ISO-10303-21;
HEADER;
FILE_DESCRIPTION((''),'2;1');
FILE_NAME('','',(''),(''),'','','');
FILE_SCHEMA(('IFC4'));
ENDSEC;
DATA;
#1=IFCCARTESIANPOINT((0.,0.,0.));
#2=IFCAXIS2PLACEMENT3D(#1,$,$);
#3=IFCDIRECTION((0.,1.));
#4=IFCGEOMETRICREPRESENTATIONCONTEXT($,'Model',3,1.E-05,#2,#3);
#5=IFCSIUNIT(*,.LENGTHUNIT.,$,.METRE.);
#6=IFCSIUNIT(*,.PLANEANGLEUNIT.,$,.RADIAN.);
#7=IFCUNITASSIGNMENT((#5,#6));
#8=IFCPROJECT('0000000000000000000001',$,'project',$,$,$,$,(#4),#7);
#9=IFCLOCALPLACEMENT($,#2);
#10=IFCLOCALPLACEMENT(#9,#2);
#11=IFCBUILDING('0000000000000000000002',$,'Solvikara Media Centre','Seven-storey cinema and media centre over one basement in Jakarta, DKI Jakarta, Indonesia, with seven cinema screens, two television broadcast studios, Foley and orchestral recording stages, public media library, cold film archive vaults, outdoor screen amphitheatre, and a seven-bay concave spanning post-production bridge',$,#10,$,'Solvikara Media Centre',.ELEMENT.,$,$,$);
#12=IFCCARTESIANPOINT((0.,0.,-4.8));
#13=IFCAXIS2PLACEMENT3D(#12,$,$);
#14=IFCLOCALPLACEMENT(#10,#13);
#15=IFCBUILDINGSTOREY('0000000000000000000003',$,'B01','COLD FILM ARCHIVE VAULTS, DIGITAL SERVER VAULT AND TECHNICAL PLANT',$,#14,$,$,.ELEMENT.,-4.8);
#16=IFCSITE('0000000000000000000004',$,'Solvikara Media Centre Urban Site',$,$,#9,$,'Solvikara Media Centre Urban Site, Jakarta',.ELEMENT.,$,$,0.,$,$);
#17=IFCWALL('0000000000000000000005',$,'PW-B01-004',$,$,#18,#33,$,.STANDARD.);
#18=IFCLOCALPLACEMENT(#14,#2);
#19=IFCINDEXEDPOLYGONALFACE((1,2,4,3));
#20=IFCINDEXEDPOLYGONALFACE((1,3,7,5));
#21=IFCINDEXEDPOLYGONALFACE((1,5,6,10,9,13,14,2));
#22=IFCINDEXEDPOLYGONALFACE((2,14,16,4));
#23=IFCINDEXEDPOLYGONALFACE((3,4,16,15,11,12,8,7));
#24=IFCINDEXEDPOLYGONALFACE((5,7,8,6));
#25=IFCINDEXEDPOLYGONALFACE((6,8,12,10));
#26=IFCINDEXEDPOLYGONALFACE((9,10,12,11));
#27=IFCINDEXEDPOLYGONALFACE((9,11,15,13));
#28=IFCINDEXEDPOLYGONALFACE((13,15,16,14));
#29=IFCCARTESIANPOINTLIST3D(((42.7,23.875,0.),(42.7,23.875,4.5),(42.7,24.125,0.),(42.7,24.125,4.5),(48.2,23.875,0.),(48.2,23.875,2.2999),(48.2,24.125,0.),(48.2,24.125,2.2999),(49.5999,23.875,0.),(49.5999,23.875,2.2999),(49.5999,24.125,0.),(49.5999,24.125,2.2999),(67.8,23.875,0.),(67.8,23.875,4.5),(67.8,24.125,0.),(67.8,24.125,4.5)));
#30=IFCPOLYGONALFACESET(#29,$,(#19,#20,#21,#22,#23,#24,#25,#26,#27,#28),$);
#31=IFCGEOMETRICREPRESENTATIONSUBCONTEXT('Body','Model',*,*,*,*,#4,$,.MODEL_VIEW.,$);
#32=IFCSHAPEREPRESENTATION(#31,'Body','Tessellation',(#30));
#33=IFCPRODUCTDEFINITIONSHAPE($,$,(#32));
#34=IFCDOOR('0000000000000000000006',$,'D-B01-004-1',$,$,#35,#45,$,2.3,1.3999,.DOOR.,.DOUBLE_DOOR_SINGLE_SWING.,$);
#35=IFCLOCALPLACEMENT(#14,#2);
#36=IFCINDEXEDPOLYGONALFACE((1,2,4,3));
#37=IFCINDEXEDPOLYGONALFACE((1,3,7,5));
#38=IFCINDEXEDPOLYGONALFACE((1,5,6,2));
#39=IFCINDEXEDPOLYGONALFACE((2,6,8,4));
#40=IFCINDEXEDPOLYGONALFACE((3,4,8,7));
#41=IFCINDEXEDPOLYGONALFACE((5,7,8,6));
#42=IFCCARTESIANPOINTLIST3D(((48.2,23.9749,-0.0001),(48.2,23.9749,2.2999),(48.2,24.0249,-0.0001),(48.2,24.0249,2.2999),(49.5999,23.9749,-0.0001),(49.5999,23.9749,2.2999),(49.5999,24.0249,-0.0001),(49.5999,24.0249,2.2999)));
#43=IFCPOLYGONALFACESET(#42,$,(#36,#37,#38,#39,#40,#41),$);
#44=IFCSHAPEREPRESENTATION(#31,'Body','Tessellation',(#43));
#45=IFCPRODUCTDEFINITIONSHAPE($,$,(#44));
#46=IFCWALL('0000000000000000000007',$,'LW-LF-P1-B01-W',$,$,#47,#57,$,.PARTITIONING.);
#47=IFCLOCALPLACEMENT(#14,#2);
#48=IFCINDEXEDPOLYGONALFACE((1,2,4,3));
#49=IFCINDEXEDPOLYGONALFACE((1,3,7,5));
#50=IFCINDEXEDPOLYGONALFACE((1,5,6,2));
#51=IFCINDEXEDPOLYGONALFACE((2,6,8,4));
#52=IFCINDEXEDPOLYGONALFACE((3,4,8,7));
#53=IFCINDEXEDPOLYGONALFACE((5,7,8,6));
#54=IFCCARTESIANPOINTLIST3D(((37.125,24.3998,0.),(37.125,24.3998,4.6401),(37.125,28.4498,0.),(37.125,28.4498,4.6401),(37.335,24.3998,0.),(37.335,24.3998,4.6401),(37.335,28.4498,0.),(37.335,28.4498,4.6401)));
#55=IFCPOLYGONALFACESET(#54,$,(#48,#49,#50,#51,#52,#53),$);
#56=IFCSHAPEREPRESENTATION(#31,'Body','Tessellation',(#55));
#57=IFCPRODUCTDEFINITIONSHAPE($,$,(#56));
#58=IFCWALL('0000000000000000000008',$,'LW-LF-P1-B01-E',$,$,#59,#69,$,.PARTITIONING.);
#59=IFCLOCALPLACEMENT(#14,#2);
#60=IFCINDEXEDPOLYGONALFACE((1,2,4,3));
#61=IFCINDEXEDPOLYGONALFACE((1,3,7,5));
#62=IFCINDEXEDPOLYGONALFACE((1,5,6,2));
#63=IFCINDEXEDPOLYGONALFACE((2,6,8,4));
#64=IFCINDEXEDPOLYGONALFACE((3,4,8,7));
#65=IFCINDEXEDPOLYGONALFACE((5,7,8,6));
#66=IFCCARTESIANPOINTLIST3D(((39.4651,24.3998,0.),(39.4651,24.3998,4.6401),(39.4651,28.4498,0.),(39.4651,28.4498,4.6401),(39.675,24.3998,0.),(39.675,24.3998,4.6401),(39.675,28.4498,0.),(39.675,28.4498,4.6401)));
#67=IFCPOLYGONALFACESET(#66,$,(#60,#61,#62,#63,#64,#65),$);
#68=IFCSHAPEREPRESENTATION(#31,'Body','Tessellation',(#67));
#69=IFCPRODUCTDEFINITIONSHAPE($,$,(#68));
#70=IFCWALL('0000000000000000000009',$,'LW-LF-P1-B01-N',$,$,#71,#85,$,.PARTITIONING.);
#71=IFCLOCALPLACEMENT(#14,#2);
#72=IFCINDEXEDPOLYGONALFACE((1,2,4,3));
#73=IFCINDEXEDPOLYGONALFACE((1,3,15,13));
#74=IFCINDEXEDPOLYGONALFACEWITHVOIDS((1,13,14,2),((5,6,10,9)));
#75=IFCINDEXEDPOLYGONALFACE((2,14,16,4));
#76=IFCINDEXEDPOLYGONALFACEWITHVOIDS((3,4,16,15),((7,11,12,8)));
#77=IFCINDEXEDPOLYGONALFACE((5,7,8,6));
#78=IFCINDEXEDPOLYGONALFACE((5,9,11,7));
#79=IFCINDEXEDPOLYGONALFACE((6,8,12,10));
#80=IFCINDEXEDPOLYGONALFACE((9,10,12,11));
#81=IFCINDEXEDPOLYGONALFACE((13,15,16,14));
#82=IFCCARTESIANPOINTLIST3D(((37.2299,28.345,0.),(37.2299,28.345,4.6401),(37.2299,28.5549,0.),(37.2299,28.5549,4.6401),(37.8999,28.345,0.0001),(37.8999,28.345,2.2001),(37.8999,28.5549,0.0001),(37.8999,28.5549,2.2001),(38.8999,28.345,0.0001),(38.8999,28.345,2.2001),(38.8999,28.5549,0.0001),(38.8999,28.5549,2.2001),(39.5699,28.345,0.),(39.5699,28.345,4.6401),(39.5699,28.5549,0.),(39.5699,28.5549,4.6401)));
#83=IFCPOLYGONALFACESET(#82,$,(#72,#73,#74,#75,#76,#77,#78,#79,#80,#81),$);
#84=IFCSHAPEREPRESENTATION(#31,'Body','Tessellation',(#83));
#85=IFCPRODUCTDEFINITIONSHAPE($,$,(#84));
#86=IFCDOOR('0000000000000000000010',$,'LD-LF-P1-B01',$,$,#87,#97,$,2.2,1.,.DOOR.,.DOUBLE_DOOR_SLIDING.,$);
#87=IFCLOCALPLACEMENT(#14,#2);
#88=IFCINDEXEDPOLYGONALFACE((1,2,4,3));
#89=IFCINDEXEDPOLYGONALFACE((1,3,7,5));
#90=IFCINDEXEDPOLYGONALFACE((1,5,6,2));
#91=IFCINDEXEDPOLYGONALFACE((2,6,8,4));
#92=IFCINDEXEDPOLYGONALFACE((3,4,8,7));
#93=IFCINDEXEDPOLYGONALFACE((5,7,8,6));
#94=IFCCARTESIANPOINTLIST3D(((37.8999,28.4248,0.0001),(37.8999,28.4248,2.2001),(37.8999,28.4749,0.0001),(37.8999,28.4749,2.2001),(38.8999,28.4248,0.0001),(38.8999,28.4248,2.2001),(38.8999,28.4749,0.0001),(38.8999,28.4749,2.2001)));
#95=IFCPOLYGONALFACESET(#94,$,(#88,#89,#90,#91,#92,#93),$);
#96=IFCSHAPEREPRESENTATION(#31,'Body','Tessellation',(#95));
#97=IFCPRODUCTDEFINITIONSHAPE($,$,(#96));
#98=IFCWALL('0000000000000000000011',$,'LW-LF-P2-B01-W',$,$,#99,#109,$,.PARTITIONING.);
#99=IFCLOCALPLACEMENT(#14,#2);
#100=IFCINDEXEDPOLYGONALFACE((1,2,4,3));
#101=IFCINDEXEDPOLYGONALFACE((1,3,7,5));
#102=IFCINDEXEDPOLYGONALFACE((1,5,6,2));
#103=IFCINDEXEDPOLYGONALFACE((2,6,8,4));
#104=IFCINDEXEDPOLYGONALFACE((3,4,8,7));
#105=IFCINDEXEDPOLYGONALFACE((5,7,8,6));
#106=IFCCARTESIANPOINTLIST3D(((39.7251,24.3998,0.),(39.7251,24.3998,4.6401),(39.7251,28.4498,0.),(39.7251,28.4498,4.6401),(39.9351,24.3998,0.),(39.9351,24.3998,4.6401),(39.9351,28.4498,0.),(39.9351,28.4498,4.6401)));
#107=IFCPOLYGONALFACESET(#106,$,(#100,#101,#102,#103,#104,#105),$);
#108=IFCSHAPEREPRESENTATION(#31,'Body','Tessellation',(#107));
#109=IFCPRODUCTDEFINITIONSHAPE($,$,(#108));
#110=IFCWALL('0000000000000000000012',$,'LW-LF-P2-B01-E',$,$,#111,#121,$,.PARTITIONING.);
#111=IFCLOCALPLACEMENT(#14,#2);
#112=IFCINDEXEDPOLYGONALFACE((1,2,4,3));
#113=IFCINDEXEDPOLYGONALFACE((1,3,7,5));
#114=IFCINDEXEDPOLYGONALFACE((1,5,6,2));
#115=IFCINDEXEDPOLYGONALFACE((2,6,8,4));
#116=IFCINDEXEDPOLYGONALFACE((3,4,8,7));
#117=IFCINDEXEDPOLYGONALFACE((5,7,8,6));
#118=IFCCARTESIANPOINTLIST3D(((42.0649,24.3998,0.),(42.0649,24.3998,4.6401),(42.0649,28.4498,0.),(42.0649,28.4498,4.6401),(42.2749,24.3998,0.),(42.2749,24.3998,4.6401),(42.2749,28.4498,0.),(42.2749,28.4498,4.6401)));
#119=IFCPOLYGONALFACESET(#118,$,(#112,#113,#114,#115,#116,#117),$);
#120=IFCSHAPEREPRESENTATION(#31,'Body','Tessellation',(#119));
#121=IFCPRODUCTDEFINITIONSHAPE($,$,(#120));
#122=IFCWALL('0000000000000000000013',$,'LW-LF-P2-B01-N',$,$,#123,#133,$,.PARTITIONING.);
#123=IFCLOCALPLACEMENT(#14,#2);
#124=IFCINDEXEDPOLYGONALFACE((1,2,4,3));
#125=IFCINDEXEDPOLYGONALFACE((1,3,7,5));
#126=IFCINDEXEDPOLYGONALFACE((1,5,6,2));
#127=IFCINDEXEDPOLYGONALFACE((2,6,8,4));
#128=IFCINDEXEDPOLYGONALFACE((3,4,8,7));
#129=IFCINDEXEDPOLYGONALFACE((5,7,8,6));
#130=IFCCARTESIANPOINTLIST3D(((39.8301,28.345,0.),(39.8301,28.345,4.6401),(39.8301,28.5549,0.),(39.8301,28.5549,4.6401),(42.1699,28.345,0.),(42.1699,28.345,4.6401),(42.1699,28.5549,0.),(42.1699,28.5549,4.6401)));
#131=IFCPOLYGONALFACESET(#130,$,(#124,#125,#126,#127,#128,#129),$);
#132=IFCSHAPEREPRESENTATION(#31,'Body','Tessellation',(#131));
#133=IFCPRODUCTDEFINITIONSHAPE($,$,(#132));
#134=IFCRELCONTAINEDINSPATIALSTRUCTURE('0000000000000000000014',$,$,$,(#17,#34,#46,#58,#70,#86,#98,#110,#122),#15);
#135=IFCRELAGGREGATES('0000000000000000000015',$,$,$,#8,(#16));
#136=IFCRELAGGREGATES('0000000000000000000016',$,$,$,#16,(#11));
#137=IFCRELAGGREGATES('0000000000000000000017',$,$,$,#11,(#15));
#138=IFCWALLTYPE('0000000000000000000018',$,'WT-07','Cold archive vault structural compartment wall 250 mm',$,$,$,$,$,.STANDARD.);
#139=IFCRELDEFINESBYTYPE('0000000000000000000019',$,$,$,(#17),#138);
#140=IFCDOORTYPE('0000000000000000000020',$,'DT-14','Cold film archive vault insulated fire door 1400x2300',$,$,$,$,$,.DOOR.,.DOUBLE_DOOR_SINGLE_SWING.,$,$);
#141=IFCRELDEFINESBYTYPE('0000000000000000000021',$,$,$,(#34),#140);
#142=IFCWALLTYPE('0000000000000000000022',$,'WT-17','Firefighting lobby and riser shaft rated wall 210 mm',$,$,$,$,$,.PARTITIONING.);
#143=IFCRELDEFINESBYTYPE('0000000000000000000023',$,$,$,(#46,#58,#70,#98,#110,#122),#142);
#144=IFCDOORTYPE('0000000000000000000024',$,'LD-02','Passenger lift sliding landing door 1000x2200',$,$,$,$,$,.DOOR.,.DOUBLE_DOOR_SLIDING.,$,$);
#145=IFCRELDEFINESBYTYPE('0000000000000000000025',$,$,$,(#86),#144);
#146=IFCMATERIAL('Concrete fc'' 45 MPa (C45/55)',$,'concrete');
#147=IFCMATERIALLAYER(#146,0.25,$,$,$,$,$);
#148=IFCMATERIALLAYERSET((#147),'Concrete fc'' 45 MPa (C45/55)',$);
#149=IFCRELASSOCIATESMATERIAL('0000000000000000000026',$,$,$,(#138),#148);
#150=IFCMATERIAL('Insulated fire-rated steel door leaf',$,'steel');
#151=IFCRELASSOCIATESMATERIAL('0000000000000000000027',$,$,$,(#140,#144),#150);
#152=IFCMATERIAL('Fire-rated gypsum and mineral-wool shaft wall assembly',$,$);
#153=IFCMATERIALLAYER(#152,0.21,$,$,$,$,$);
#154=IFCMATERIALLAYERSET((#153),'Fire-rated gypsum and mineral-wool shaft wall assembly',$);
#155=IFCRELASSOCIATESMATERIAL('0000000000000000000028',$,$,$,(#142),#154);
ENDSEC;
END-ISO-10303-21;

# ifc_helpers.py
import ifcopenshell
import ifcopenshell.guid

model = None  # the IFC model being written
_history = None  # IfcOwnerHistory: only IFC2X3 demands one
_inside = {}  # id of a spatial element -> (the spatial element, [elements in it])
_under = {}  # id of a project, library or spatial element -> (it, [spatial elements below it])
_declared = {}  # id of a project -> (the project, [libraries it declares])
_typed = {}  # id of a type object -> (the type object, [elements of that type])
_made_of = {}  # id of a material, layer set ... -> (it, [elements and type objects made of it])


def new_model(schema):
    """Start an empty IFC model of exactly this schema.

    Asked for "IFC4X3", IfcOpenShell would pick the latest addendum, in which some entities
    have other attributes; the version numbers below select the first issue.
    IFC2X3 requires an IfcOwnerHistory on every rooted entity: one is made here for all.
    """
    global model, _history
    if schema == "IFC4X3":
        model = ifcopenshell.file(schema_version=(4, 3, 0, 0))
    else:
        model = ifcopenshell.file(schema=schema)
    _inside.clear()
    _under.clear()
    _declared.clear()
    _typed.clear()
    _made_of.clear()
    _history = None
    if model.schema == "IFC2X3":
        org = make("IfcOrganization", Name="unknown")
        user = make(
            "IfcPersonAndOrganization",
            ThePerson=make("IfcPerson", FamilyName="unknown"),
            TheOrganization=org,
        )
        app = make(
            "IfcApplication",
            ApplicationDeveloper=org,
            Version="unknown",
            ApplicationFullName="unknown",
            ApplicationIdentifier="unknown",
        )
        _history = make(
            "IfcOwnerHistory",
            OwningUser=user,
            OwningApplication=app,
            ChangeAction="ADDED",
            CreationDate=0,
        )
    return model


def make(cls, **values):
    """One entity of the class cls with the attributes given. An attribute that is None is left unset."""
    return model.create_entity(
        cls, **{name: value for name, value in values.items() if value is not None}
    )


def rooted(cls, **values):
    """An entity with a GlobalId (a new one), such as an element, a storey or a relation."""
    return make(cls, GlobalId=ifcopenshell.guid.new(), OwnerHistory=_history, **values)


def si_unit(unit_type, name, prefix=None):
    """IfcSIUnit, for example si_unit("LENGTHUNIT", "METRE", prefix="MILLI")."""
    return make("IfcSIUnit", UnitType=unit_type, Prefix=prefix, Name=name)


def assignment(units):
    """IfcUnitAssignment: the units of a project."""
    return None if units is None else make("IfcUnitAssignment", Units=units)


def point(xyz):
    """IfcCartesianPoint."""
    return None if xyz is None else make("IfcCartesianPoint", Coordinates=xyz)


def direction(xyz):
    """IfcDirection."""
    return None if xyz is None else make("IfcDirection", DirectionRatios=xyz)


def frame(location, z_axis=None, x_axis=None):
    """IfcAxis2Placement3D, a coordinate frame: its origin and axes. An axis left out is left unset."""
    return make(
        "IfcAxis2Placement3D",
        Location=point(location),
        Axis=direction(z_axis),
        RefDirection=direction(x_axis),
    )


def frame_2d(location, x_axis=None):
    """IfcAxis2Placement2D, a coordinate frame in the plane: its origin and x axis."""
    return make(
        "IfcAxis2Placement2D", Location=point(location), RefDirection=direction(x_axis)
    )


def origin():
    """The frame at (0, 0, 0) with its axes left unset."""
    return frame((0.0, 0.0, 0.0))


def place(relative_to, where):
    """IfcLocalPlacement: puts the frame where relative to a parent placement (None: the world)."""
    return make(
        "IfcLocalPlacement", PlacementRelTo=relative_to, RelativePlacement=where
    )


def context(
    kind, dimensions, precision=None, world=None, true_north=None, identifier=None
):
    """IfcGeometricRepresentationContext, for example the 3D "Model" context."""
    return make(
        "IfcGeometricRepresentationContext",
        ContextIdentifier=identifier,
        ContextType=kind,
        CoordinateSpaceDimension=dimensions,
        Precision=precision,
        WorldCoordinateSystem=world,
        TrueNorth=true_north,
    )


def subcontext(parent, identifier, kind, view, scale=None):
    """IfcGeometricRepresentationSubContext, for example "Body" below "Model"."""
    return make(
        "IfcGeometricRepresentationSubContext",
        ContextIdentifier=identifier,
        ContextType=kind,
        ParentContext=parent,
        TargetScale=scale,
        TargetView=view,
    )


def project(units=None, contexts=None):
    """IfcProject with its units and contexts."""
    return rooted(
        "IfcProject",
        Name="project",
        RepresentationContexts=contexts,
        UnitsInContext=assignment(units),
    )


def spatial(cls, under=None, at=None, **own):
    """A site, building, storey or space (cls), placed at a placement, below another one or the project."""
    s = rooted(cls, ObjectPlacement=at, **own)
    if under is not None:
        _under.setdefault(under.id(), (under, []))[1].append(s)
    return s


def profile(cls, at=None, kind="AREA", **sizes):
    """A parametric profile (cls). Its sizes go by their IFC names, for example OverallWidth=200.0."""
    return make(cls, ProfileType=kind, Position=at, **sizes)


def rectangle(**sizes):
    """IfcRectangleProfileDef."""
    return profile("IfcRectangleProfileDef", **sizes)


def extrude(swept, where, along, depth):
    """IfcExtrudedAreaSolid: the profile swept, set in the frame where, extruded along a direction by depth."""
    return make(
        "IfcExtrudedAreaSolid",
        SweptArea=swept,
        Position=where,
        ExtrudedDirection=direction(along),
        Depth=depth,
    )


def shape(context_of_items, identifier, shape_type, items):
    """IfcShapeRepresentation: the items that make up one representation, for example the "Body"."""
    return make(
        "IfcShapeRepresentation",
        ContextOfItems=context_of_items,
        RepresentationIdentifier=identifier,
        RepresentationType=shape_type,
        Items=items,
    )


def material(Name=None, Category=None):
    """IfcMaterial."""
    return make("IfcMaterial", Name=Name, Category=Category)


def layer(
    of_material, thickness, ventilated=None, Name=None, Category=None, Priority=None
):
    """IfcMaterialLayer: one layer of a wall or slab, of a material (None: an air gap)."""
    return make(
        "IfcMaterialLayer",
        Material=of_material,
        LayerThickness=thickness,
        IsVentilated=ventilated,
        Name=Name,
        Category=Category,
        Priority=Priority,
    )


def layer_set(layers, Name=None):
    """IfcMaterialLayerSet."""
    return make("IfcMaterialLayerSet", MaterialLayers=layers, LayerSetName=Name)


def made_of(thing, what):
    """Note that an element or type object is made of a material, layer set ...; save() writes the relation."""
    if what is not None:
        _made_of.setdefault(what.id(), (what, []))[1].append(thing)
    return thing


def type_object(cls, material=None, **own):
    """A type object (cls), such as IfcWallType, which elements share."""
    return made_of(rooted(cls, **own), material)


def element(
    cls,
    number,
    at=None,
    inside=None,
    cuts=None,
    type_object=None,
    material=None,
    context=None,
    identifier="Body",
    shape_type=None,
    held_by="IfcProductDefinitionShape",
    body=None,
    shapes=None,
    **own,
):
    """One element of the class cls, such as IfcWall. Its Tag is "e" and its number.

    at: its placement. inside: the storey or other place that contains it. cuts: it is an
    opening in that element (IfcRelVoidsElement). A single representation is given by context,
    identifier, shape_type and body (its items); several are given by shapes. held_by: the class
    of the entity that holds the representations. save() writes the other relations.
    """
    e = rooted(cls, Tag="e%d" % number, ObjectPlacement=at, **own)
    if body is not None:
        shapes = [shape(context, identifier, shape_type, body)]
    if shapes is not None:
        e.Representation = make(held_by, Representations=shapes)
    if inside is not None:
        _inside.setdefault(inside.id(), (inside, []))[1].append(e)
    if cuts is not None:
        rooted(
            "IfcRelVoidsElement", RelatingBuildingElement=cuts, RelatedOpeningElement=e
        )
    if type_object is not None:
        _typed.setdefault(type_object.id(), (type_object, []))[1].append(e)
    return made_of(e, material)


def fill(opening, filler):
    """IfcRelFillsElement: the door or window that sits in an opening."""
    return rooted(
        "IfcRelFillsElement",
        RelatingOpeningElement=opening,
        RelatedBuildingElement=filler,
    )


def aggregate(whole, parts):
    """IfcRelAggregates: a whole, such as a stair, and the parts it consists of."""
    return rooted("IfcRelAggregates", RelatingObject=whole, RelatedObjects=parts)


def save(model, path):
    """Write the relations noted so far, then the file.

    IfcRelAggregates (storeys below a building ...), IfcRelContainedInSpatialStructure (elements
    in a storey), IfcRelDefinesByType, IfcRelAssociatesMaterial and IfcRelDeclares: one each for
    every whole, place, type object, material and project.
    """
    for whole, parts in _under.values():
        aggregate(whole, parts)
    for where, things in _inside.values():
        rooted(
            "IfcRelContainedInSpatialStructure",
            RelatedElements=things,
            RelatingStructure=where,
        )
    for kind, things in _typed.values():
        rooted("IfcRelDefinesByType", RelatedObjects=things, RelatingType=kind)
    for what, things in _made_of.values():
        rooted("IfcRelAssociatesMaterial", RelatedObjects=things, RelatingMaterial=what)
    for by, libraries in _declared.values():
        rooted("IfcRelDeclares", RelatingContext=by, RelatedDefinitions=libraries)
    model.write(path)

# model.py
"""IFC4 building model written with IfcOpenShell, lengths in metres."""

from ifc_helpers import new_model, si_unit, direction, frame, frame_2d, origin, place, context, subcontext, project, spatial, rectangle, extrude, material, layer, layer_set, type_object, element, fill, save


model = new_model("IFC4")

# Units and contexts
model_context = context("Model", 3, precision=1e-05, world=origin(), true_north=direction((0.0, 1.0)))
body_context = subcontext(model_context, "Body", "Model", "MODEL_VIEW")
ifc_project = project(units=[si_unit("LENGTHUNIT", "METRE"), si_unit("PLANEANGLEUNIT", "RADIAN")], contexts=[model_context])

# Site, building, storey
site_placement = place(None, origin())
site = spatial("IfcSite", under=ifc_project, at=site_placement, Name="Solvikara Media Centre Urban Site", LongName="Solvikara Media Centre Urban Site, Jakarta", CompositionType="ELEMENT", RefElevation=0.0)
building_placement = place(site_placement, origin())
building = spatial("IfcBuilding", under=site, at=building_placement, Name="Solvikara Media Centre", Description="Seven-storey cinema and media centre over one basement in Jakarta, DKI Jakarta, Indonesia, with seven cinema screens, two television broadcast studios, Foley and orchestral recording stages, public media library, cold film archive vaults, outdoor screen amphitheatre, and a seven-bay concave spanning post-production bridge", LongName="Solvikara Media Centre", CompositionType="ELEMENT")
storey_placement = place(building_placement, frame((0.0, 0.0, -4.8)))
storey = spatial("IfcBuildingStorey", under=building, at=storey_placement, Name="B01", Description="COLD FILM ARCHIVE VAULTS, DIGITAL SERVER VAULT AND TECHNICAL PLANT", CompositionType="ELEMENT", Elevation=-4.8)

# Shared definitions
ifc_material_1 = material(Name="Concrete fc' 45 MPa (C45/55)", Category="concrete")

# Wall, opening, door
ifc_layer_1 = layer(ifc_material_1, 0.25)
ifc_layer_set_1 = layer_set([ifc_layer_1], Name="Concrete fc' 45 MPa (C45/55)")
wall_type_1 = type_object("IfcWallType", Name="WT-07", Description="Cold archive vault structural compartment wall 250 mm", PredefinedType="STANDARD", material=ifc_layer_set_1)
wall_1_placement = place(storey_placement, frame((42.7, 24.0, 0.0), z_axis=(0.0, 0.0, 1.0), x_axis=(1.0, 0.0, 0.0)))
wall_1 = element("IfcWall", 1, at=wall_1_placement, inside=storey, type_object=wall_type_1, Name="PW-B01-004", PredefinedType="STANDARD", context=body_context, shape_type="SweptSolid", body=[
    extrude(rectangle(XDim=25.1001, YDim=0.25, at=frame_2d((12.55, 0.0))), origin(), (0.0, 0.0, 1.0), 4.5),
])
opening_1_placement = place(wall_1_placement, frame((5.5, 0.0, 0.0)))
opening_1 = element("IfcOpeningElement", 2, at=opening_1_placement, cuts=wall_1, PredefinedType="OPENING", context=body_context, shape_type="SweptSolid", body=[
    extrude(rectangle(XDim=1.3999, YDim=2.3, at=frame_2d((0.7, 1.1499))), frame((0.0, 0.137, 0.0), z_axis=(0.0, -1.0, 0.0), x_axis=(1.0, 0.0, 0.0)), (0.0, 0.0, 1.0), 0.2739),
])
ifc_material_2 = material(Name="Insulated fire-rated steel door leaf", Category="steel")
door_type_1 = type_object("IfcDoorType", Name="DT-14", Description="Cold film archive vault insulated fire door 1400x2300", OperationType="DOUBLE_DOOR_SINGLE_SWING", PredefinedType="DOOR", material=ifc_material_2)
door_1_placement = place(opening_1_placement, origin())
door_1 = element("IfcDoor", 3, at=door_1_placement, inside=storey, type_object=door_type_1, Name="D-B01-004-1", OperationType="DOUBLE_DOOR_SINGLE_SWING", OverallHeight=2.3, OverallWidth=1.3999, PredefinedType="DOOR", context=body_context, shape_type="SweptSolid", body=[
    extrude(rectangle(XDim=1.3999, YDim=2.3, at=frame_2d((0.7, 1.1499))), frame((0.0, 0.0249, 0.0), z_axis=(0.0, -1.0, 0.0), x_axis=(1.0, 0.0, 0.0)), (0.0, 0.0, 1.0), 0.05),
])
fill(opening_1, door_1)

# Walls
ifc_material_3 = material(Name="Fire-rated gypsum and mineral-wool shaft wall assembly")
ifc_layer_2 = layer(ifc_material_3, 0.21)
ifc_layer_set_2 = layer_set([ifc_layer_2], Name="Fire-rated gypsum and mineral-wool shaft wall assembly")
wall_type_2 = type_object("IfcWallType", Name="WT-17", Description="Firefighting lobby and riser shaft rated wall 210 mm", PredefinedType="PARTITIONING", material=ifc_layer_set_2)
for number, where, z_axis, x_axis, name in (
    (4, (37.23, 24.3999, 0.0), (0.0, 0.0, 1.0), (0.0, 1.0, 0.0), "LW-LF-P1-B01-W"),
    (5, (39.5701, 24.3999, 0.0), (0.0, 0.0, 1.0), (0.0, 1.0, 0.0), "LW-LF-P1-B01-E"),
):
    element("IfcWall", number, at=place(storey_placement, frame(where, z_axis=z_axis, x_axis=x_axis)), inside=storey, type_object=wall_type_2, Name=name, PredefinedType="PARTITIONING", context=body_context, shape_type="SweptSolid", body=[
        extrude(rectangle(XDim=4.05, YDim=0.21, at=frame_2d((2.0249, 0.0))), origin(), (0.0, 0.0, 1.0), 4.6401),
    ])

# Wall, opening, door
wall_2_placement = place(storey_placement, frame((37.23, 28.45, 0.0), z_axis=(0.0, 0.0, 1.0), x_axis=(1.0, 0.0, 0.0)))
wall_2 = element("IfcWall", 6, at=wall_2_placement, inside=storey, type_object=wall_type_2, Name="LW-LF-P1-B01-N", PredefinedType="PARTITIONING", context=body_context, shape_type="SweptSolid", body=[
    extrude(rectangle(XDim=2.3401, YDim=0.21, at=frame_2d((1.1699, 0.0))), origin(), (0.0, 0.0, 1.0), 4.6401),
])
opening_2_placement = place(wall_2_placement, frame((0.6699, 0.0, 0.0)))
opening_2 = element("IfcOpeningElement", 7, at=opening_2_placement, cuts=wall_2, PredefinedType="OPENING", context=body_context, shape_type="SweptSolid", body=[
    extrude(rectangle(XDim=1.0, YDim=2.2, at=frame_2d((0.5, 1.1001))), frame((0.0, 0.1169, 0.0), z_axis=(0.0, -1.0, 0.0), x_axis=(1.0, 0.0, 0.0)), (0.0, 0.0, 1.0), 0.2339),
])
door_type_2 = type_object("IfcDoorType", Name="LD-02", Description="Passenger lift sliding landing door 1000x2200", OperationType="DOUBLE_DOOR_SLIDING", PredefinedType="DOOR", material=ifc_material_2)
door_2_placement = place(opening_2_placement, origin())
door_2 = element("IfcDoor", 8, at=door_2_placement, inside=storey, type_object=door_type_2, Name="LD-LF-P1-B01", OperationType="DOUBLE_DOOR_SLIDING", OverallHeight=2.2, OverallWidth=1.0, PredefinedType="DOOR", context=body_context, shape_type="SweptSolid", body=[
    extrude(rectangle(XDim=1.0, YDim=2.2, at=frame_2d((0.5, 1.1001))), frame((0.0, 0.0249, 0.0), z_axis=(0.0, -1.0, 0.0), x_axis=(1.0, 0.0, 0.0)), (0.0, 0.0, 1.0), 0.05),
])
fill(opening_2, door_2)

# Walls
for number, where, z_axis, x_axis, name in (
    (9, (39.8301, 24.3999, 0.0), (0.0, 0.0, 1.0), (0.0, 1.0, 0.0), "LW-LF-P2-B01-W"),
    (10, (42.1699, 24.3999, 0.0), (0.0, 0.0, 1.0), (0.0, 1.0, 0.0), "LW-LF-P2-B01-E"),
):
    element("IfcWall", number, at=place(storey_placement, frame(where, z_axis=z_axis, x_axis=x_axis)), inside=storey, type_object=wall_type_2, Name=name, PredefinedType="PARTITIONING", context=body_context, shape_type="SweptSolid", body=[
        extrude(rectangle(XDim=4.05, YDim=0.21, at=frame_2d((2.0249, 0.0))), origin(), (0.0, 0.0, 1.0), 4.6401),
    ])
wall_3_placement = place(storey_placement, frame((39.8301, 28.45, 0.0), z_axis=(0.0, 0.0, 1.0), x_axis=(1.0, 0.0, 0.0)))
element("IfcWall", 11, at=wall_3_placement, inside=storey, type_object=wall_type_2, Name="LW-LF-P2-B01-N", PredefinedType="PARTITIONING", context=body_context, shape_type="SweptSolid", body=[
    extrude(rectangle(XDim=2.3398, YDim=0.21, at=frame_2d((1.1699, 0.0))), origin(), (0.0, 0.0, 1.0), 4.6401),
])

save(model, "model.ifc")
